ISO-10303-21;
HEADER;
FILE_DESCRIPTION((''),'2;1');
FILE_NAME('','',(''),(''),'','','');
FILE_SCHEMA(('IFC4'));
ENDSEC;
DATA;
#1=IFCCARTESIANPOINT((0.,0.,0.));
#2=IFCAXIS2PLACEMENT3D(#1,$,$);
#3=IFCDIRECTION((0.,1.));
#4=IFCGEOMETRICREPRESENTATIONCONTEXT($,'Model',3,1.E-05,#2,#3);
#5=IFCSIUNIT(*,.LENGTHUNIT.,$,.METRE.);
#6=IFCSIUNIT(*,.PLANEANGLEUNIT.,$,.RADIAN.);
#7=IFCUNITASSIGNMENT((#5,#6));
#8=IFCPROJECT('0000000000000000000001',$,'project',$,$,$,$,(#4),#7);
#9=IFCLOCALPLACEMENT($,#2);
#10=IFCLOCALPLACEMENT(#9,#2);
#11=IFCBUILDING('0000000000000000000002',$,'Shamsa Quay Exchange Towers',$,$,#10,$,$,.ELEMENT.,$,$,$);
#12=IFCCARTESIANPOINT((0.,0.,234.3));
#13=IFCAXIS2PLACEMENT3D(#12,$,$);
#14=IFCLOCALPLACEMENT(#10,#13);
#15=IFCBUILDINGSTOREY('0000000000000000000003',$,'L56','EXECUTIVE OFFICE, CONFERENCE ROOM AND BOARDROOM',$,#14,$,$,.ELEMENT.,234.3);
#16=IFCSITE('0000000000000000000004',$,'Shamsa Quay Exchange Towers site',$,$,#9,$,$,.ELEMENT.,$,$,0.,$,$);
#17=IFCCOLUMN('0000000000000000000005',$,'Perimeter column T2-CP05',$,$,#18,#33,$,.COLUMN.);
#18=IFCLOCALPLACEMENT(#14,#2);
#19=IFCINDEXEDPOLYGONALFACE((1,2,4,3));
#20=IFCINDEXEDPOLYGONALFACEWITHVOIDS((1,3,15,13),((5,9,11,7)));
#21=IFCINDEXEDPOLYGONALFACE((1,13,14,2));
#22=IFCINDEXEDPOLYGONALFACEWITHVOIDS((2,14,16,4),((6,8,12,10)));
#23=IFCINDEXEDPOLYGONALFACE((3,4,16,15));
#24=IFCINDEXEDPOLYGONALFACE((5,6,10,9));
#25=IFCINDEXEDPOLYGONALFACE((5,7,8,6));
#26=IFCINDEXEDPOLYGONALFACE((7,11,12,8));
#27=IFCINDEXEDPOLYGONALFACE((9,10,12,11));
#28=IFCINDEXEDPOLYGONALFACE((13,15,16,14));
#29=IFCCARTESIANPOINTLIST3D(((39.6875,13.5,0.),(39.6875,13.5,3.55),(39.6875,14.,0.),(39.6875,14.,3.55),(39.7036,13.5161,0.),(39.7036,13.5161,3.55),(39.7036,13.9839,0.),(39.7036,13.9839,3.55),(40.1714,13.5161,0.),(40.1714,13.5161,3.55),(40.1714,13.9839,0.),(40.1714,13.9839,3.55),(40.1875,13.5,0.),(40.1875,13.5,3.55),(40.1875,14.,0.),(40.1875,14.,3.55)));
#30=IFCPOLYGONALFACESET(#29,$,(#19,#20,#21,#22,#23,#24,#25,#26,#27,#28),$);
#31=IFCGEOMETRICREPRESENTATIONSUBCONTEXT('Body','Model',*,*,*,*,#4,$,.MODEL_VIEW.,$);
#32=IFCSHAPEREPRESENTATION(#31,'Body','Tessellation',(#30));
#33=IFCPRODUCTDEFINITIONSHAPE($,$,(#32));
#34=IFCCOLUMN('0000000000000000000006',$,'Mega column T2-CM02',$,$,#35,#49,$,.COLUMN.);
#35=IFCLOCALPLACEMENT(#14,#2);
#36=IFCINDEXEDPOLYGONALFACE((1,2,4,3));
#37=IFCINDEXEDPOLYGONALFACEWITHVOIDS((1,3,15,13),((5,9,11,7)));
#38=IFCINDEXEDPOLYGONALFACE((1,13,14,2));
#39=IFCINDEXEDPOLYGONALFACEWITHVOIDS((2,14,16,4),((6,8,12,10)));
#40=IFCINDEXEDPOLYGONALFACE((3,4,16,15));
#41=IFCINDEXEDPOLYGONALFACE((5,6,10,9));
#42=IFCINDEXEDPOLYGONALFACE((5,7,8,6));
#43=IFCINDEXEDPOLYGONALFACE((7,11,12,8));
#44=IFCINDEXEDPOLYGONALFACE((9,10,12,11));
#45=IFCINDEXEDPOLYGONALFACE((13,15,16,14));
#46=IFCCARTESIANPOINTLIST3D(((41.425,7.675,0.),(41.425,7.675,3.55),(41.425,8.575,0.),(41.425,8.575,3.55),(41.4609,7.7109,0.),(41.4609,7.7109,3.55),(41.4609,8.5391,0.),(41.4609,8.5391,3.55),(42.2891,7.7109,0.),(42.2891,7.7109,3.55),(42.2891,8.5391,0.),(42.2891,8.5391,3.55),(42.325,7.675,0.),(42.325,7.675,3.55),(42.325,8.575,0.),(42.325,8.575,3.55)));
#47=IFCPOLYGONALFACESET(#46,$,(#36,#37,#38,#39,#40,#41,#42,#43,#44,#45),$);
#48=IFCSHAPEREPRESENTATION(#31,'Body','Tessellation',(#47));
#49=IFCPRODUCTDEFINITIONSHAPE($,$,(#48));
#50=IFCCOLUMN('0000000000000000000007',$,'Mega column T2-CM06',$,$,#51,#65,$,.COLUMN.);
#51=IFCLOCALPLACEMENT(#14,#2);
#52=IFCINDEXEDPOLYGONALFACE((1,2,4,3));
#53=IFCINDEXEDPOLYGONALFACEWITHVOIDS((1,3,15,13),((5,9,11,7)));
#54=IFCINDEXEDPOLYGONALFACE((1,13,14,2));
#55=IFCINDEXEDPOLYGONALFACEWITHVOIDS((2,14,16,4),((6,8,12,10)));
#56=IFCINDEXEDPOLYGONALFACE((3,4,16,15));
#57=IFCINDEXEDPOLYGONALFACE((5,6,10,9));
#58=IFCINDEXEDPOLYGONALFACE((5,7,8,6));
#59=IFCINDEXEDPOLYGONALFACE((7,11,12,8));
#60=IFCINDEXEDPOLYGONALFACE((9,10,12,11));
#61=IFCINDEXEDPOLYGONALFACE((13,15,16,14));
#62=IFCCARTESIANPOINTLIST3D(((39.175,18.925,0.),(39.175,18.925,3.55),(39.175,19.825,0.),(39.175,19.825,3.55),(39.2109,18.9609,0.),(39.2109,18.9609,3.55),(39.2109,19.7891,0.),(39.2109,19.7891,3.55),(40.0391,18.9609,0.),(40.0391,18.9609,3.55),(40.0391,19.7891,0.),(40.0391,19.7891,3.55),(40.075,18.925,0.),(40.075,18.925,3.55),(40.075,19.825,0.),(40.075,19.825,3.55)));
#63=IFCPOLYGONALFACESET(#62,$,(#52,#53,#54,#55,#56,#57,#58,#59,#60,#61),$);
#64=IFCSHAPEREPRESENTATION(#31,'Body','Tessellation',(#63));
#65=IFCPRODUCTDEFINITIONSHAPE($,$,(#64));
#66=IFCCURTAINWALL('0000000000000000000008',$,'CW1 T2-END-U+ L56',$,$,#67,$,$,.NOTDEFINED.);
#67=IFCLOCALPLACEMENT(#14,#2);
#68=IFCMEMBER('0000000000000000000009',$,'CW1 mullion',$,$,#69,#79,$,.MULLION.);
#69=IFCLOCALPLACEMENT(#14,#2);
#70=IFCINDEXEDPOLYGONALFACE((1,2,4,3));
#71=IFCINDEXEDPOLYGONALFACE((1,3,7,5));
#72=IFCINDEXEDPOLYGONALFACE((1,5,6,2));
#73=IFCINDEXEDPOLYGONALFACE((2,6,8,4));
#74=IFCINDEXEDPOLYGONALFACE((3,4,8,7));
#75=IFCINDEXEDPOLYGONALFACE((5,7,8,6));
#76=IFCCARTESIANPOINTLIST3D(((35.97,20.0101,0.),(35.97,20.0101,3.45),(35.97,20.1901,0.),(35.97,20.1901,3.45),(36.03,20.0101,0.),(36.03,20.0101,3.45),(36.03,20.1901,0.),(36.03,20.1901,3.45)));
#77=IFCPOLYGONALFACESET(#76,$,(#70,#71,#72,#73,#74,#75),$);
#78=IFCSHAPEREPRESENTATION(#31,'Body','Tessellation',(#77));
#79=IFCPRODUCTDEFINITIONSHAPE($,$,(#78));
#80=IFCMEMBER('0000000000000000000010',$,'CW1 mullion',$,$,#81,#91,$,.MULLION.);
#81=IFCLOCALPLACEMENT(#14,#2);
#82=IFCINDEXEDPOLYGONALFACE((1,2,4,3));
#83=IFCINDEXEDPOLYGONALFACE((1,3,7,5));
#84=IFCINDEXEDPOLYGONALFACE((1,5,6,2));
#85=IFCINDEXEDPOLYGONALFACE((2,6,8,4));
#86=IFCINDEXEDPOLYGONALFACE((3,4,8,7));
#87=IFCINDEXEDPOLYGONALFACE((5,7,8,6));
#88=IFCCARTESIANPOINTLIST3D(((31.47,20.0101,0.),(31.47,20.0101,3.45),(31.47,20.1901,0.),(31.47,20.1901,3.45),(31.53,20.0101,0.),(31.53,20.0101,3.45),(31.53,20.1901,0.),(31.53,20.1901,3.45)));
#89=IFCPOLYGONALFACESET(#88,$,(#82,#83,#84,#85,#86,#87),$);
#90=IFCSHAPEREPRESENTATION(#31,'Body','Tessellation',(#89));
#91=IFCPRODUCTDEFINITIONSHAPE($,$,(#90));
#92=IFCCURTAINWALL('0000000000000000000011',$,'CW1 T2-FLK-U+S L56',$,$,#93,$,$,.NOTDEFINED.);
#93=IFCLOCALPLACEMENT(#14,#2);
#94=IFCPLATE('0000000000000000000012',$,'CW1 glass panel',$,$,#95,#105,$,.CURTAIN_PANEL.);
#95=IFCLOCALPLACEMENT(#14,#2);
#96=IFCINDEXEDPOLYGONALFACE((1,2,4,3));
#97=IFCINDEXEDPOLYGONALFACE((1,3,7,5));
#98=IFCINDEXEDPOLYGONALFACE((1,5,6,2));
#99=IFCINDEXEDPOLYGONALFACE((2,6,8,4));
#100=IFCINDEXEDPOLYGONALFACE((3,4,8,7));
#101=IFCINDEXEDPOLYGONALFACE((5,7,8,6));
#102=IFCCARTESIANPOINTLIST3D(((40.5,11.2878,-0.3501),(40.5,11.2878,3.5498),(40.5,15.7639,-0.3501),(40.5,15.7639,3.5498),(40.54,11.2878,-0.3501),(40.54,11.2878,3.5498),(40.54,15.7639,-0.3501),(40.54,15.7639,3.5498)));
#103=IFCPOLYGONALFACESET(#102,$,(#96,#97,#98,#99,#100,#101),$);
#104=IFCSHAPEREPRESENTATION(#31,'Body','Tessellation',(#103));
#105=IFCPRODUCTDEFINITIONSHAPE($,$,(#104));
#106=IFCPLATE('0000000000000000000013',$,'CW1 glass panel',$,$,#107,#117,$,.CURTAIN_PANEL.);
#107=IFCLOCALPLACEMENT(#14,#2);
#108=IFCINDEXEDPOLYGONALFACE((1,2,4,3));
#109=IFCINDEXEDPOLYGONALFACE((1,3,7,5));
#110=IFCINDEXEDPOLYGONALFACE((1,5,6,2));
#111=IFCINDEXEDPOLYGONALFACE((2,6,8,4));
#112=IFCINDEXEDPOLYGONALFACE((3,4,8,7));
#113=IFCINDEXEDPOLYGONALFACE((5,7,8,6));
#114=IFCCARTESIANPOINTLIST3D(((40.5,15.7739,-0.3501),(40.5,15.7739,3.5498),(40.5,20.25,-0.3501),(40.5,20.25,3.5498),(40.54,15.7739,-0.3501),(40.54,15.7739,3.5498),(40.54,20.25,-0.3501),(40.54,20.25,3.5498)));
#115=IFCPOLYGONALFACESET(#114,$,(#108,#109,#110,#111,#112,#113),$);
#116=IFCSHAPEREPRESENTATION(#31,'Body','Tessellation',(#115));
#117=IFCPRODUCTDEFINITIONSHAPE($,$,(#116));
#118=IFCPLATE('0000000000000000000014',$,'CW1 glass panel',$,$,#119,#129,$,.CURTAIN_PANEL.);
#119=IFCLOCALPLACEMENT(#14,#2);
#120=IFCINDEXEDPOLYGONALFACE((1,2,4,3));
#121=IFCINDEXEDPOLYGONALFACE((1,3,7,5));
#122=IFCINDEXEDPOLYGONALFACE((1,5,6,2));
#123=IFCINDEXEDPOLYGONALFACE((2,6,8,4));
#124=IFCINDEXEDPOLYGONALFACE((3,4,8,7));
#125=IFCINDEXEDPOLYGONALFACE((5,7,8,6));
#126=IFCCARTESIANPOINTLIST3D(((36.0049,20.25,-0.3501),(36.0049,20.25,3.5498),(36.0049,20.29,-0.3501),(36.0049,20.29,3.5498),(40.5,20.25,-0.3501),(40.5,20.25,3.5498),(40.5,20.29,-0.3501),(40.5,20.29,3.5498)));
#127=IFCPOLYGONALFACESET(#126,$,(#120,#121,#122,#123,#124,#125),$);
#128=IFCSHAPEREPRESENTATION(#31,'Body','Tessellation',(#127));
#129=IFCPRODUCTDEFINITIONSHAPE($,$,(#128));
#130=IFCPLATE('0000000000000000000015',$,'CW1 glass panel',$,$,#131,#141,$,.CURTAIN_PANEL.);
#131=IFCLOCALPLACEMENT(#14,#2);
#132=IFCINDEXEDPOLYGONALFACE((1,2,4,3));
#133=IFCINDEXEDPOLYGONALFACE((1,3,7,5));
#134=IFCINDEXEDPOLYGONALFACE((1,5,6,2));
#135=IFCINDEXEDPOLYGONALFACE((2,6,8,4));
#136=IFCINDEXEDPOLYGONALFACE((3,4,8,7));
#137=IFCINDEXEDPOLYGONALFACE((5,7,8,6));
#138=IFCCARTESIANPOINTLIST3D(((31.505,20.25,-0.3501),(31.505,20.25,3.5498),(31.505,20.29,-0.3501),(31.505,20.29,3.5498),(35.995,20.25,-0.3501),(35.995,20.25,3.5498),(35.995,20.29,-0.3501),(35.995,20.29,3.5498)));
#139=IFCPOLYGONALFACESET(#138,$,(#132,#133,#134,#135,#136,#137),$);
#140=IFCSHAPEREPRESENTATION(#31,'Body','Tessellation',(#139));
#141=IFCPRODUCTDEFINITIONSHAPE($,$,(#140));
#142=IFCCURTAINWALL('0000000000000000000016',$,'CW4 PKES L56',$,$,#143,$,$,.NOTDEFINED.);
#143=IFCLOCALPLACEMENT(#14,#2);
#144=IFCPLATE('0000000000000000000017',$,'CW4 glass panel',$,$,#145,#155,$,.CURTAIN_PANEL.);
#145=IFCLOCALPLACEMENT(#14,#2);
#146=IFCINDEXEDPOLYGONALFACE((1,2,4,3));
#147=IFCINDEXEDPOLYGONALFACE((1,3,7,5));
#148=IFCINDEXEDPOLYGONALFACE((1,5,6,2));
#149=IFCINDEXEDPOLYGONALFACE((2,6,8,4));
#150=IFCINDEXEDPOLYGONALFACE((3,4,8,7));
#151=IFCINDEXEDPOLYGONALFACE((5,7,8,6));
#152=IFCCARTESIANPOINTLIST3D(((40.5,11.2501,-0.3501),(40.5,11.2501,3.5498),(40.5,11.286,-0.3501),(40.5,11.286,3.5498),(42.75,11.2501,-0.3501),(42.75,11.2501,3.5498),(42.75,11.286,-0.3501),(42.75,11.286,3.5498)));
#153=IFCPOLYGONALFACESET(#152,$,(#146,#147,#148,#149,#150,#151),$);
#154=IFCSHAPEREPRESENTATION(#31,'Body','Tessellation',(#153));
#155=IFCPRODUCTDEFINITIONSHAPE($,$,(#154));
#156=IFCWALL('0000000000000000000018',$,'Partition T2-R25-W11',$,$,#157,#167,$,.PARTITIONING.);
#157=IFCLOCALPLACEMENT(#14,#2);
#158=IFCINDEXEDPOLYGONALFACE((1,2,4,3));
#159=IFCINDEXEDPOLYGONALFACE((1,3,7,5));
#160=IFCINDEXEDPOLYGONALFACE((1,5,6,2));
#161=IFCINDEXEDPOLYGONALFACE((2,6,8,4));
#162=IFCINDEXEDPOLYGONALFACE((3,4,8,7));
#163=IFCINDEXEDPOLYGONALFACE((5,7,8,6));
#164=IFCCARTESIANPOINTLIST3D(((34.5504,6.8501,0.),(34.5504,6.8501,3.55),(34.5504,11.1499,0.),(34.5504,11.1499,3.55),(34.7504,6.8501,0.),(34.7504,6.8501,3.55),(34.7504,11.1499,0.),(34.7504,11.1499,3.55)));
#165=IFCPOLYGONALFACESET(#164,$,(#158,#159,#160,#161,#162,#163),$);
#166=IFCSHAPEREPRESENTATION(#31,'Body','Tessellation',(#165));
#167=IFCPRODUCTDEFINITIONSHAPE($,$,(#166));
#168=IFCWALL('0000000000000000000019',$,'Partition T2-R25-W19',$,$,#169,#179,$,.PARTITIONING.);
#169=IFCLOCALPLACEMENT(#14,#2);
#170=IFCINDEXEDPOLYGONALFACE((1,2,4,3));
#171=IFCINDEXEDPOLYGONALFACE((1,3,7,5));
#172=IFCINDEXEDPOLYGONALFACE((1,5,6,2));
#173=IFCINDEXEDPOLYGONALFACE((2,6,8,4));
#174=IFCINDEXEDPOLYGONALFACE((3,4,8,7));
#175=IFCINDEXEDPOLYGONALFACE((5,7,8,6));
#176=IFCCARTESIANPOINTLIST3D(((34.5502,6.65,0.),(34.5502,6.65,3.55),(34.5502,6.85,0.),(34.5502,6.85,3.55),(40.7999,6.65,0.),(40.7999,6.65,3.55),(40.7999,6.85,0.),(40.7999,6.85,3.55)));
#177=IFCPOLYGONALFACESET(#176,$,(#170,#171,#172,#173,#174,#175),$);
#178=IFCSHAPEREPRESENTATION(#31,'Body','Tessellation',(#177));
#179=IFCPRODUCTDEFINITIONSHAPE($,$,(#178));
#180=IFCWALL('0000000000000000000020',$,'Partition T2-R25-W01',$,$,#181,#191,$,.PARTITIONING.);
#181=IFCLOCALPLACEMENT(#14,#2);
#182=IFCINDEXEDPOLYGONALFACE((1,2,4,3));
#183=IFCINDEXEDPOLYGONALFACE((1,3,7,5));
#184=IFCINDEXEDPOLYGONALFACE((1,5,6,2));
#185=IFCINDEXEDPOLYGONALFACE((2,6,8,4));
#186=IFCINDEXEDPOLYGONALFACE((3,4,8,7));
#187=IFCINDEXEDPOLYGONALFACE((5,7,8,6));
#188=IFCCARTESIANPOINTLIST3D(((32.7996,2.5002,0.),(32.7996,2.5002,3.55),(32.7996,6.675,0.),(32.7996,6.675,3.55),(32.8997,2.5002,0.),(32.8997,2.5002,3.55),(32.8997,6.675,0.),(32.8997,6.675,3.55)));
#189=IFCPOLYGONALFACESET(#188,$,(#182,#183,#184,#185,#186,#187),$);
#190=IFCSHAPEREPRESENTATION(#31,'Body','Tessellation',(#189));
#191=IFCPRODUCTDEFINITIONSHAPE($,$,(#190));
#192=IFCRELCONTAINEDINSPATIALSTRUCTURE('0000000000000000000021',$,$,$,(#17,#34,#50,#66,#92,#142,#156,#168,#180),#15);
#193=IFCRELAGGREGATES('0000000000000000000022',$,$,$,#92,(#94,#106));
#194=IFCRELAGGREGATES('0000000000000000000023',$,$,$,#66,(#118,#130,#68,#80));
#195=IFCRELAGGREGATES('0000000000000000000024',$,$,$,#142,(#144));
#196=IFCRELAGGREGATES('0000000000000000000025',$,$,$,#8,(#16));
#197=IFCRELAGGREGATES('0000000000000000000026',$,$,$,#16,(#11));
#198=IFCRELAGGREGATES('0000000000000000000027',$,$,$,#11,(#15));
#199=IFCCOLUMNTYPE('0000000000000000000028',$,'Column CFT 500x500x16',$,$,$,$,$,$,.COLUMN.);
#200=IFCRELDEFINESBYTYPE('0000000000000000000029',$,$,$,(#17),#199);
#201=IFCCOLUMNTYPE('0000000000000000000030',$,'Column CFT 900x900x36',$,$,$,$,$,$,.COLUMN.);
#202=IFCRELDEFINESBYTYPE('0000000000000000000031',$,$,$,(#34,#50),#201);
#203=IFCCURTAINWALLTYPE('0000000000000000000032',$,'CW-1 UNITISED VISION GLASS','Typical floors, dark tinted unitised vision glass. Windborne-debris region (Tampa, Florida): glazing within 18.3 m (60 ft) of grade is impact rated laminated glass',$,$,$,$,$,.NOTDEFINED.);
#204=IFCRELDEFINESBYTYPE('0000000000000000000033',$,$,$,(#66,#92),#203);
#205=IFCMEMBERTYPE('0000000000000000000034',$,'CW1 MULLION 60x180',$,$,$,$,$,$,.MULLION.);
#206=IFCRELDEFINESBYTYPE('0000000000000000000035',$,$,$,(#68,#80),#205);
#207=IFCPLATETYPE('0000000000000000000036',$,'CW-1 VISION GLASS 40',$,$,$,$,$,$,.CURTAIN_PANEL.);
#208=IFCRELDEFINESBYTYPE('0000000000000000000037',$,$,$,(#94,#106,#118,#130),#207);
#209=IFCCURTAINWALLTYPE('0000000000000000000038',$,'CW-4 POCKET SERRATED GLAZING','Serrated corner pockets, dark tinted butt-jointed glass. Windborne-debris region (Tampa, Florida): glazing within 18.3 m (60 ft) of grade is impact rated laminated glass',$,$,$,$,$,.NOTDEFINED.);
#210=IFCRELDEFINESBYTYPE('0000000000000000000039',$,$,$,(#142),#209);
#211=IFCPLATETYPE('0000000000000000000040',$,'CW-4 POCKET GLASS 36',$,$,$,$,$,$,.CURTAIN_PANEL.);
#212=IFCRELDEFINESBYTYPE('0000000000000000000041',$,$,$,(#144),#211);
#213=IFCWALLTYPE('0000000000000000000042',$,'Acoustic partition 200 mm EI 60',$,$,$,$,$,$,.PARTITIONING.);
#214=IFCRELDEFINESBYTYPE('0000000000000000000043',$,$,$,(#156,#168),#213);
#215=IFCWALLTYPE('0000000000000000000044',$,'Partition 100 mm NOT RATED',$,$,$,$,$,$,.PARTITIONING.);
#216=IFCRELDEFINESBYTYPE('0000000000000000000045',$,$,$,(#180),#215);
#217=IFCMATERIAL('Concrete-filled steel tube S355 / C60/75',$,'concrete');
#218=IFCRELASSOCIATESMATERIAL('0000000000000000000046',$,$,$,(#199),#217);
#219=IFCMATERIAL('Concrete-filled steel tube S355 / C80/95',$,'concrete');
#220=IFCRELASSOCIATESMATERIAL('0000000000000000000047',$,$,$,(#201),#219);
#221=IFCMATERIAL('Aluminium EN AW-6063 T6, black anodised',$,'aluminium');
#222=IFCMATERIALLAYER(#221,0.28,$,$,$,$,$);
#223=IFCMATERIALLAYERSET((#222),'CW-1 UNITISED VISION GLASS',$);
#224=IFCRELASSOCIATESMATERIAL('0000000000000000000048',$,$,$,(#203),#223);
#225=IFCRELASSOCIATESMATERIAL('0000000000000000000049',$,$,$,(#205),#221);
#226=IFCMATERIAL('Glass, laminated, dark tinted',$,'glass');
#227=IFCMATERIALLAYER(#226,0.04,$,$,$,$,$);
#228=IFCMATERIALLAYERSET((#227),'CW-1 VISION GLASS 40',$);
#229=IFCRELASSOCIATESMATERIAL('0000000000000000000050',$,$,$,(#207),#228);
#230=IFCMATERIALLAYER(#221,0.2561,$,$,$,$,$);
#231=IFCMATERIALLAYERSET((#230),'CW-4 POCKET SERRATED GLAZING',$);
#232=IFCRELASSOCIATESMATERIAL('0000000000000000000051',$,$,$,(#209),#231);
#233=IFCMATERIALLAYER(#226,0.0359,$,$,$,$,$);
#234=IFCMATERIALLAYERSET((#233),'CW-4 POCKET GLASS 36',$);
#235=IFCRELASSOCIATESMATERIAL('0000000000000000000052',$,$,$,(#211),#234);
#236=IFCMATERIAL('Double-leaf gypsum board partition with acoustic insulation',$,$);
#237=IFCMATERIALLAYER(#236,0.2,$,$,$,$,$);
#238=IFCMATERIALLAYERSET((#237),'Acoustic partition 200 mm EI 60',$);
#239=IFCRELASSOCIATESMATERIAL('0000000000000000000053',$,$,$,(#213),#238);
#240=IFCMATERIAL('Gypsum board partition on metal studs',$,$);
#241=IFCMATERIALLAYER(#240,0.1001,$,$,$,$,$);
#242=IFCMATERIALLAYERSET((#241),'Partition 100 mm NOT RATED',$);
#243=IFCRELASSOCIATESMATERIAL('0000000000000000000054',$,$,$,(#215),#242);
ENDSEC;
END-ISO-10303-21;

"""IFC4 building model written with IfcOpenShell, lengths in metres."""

from ifc_helpers import new_model, si_unit, direction, frame, frame_2d, origin, origin_2d, place, context, subcontext, project, spatial, rectangle, hollow_rectangle, extrude, material, layer, layer_set, material_profile, profile_set, type_object, element, aggregate, save


model = new_model("IFC4")

# Units and contexts
model_context = context("Model", 3, precision=1e-05, world=origin(), true_north=direction((0.0, 1.0)))
body_context = subcontext(model_context, "Body", "Model", "MODEL_VIEW")
ifc_project = project(units=[si_unit("LENGTHUNIT", "METRE"), si_unit("PLANEANGLEUNIT", "RADIAN")], contexts=[model_context])

# Site, building, storey
site_placement = place(None, origin())
site = spatial("IfcSite", under=ifc_project, at=site_placement, Name="Shamsa Quay Exchange Towers site", CompositionType="ELEMENT", RefElevation=0.0)
building_placement = place(site_placement, origin())
building = spatial("IfcBuilding", under=site, at=building_placement, Name="Shamsa Quay Exchange Towers", CompositionType="ELEMENT")
storey_placement = place(building_placement, frame((0.0, 0.0, 234.3)))
storey = spatial("IfcBuildingStorey", under=building, at=storey_placement, Name="L56", Description="EXECUTIVE OFFICE, CONFERENCE ROOM AND BOARDROOM", CompositionType="ELEMENT", Elevation=234.3)

# Columns
ifc_material_1 = material(Name="Concrete-filled steel tube S355 / C60/75", Category="concrete")
ifc_material_profile_1 = material_profile(ifc_material_1, hollow_rectangle(XDim=0.5, YDim=0.5, WallThickness=0.0161, at=origin_2d()), Name="CFT 500x500x16")
ifc_profile_set_1 = profile_set([ifc_material_profile_1], Name="Concrete-filled steel tube S355 / C60/75")
column_type_1 = type_object("IfcColumnType", Name="Column CFT 500x500x16", PredefinedType="COLUMN", material=ifc_profile_set_1)
column_placement = place(storey_placement, frame((39.9375, 13.75, 0.0)))
element("IfcColumn", 1, at=column_placement, inside=storey, type_object=column_type_1, Name="Perimeter column T2-CP05", PredefinedType="COLUMN", context=body_context, shape_type="SweptSolid", body=[
    extrude(hollow_rectangle(XDim=0.5, YDim=0.5, WallThickness=0.0161, at=origin_2d()), origin(), (0.0, 0.0, 1.0), 3.55),
])
ifc_material_2 = material(Name="Concrete-filled steel tube S355 / C80/95", Category="concrete")
ifc_material_profile_2 = material_profile(ifc_material_2, hollow_rectangle(XDim=0.8999, YDim=0.8999, WallThickness=0.0359, at=origin_2d()), Name="CFT 900x900x36")
ifc_profile_set_2 = profile_set([ifc_material_profile_2], Name="Concrete-filled steel tube S355 / C80/95")
column_type_2 = type_object("IfcColumnType", Name="Column CFT 900x900x36", PredefinedType="COLUMN", material=ifc_profile_set_2)
for number, where, name in (
    (2, (41.875, 8.125, 0.0), "Mega column T2-CM02"),
    (3, (39.625, 19.375, 0.0), "Mega column T2-CM06"),
):
    element("IfcColumn", number, at=place(storey_placement, frame(where)), inside=storey, type_object=column_type_2, Name=name, PredefinedType="COLUMN", context=body_context, shape_type="SweptSolid", body=[
        extrude(hollow_rectangle(XDim=0.8999, YDim=0.8999, WallThickness=0.0359, at=origin_2d()), origin(), (0.0, 0.0, 1.0), 3.55),
    ])

# Curtain wall, members
ifc_material_3 = material(Name="Aluminium EN AW-6063 T6, black anodised", Category="aluminium")
ifc_layer_1 = layer(ifc_material_3, 0.28)
ifc_layer_set_1 = layer_set([ifc_layer_1], Name="CW-1 UNITISED VISION GLASS")
curtain_wall_type_1 = type_object("IfcCurtainWallType", Name="CW-1 UNITISED VISION GLASS", Description="Typical floors, dark tinted unitised vision glass. Windborne-debris region (Tampa, Florida): glazing within 18.3 m (60 ft) of grade is impact rated laminated glass", PredefinedType="NOTDEFINED", material=ifc_layer_set_1)
curtain_wall_1_placement = place(storey_placement, origin())
curtain_wall_1 = element("IfcCurtainWall", 4, at=curtain_wall_1_placement, inside=storey, type_object=curtain_wall_type_1, Name="CW1 T2-END-U+ L56", PredefinedType="NOTDEFINED")
ifc_material_profile_3 = material_profile(ifc_material_3, rectangle(XDim=0.1799, YDim=0.0601, at=origin_2d()), Name="MU60x180")
ifc_profile_set_3 = profile_set([ifc_material_profile_3], Name="Aluminium EN AW-6063 T6, black anodised")
member_type = type_object("IfcMemberType", Name="CW1 MULLION 60x180", PredefinedType="MULLION", material=ifc_profile_set_3)
member_1_placement = place(storey_placement, frame((36.0, 20.1001, 0.0), z_axis=(0.0, 0.0, 1.0), x_axis=(0.0, -1.0, 0.0)))
member_1 = element("IfcMember", 5, at=member_1_placement, type_object=member_type, Name="CW1 mullion", PredefinedType="MULLION", context=body_context, shape_type="SweptSolid", body=[
    extrude(rectangle(XDim=0.1799, YDim=0.0601, at=origin_2d()), origin(), (0.0, 0.0, 1.0), 3.45),
])
member_2_placement = place(storey_placement, frame((31.5, 20.1001, 0.0), z_axis=(0.0, 0.0, 1.0), x_axis=(0.0, -1.0, 0.0)))
member_2 = element("IfcMember", 6, at=member_2_placement, type_object=member_type, Name="CW1 mullion", PredefinedType="MULLION", context=body_context, shape_type="SweptSolid", body=[
    extrude(rectangle(XDim=0.1799, YDim=0.0601, at=origin_2d()), origin(), (0.0, 0.0, 1.0), 3.45),
])

# Curtain wall, plates
curtain_wall_2_placement = place(storey_placement, origin())
curtain_wall_2 = element("IfcCurtainWall", 7, at=curtain_wall_2_placement, inside=storey, type_object=curtain_wall_type_1, Name="CW1 T2-FLK-U+S L56", PredefinedType="NOTDEFINED")
ifc_material_4 = material(Name="Glass, laminated, dark tinted", Category="glass")
ifc_layer_2 = layer(ifc_material_4, 0.04)
ifc_layer_set_2 = layer_set([ifc_layer_2], Name="CW-1 VISION GLASS 40")
plate_type_1 = type_object("IfcPlateType", Name="CW-1 VISION GLASS 40", PredefinedType="CURTAIN_PANEL", material=ifc_layer_set_2)
plate_1_placement = place(storey_placement, frame((40.52, 13.5259, -0.3501), z_axis=(0.0, 0.0, 1.0), x_axis=(0.0, 1.0, 0.0)))
plate_1 = element("IfcPlate", 8, at=plate_1_placement, type_object=plate_type_1, Name="CW1 glass panel", PredefinedType="CURTAIN_PANEL", context=body_context, shape_type="SweptSolid", body=[
    extrude(rectangle(XDim=4.4761, YDim=0.04, at=origin_2d()), origin(), (0.0, 0.0, 1.0), 3.8999),
])
plate_2_placement = place(storey_placement, frame((40.52, 18.012, -0.3501), z_axis=(0.0, 0.0, 1.0), x_axis=(0.0, 1.0, 0.0)))
plate_2 = element("IfcPlate", 9, at=plate_2_placement, type_object=plate_type_1, Name="CW1 glass panel", PredefinedType="CURTAIN_PANEL", context=body_context, shape_type="SweptSolid", body=[
    extrude(rectangle(XDim=4.4761, YDim=0.04, at=origin_2d()), origin(), (0.0, 0.0, 1.0), 3.8999),
])
aggregate(curtain_wall_2, [plate_1, plate_2])

# Plates
plate_3_placement = place(storey_placement, frame((38.2524, 20.27, -0.3501), z_axis=(0.0, 0.0, 1.0), x_axis=(-1.0, 0.0, 0.0)))
plate_3 = element("IfcPlate", 10, at=plate_3_placement, type_object=plate_type_1, Name="CW1 glass panel", PredefinedType="CURTAIN_PANEL", context=body_context, shape_type="SweptSolid", body=[
    extrude(rectangle(XDim=4.4951, YDim=0.04, at=origin_2d()), origin(), (0.0, 0.0, 1.0), 3.8999),
])
plate_4_placement = place(storey_placement, frame((33.75, 20.27, -0.3501), z_axis=(0.0, 0.0, 1.0), x_axis=(-1.0, 0.0, 0.0)))
plate_4 = element("IfcPlate", 11, at=plate_4_placement, type_object=plate_type_1, Name="CW1 glass panel", PredefinedType="CURTAIN_PANEL", context=body_context, shape_type="SweptSolid", body=[
    extrude(rectangle(XDim=4.49, YDim=0.04, at=origin_2d()), origin(), (0.0, 0.0, 1.0), 3.8999),
])
aggregate(curtain_wall_1, [plate_3, plate_4, member_1, member_2])

# Curtain wall, plate
ifc_layer_3 = layer(ifc_material_3, 0.2561)
ifc_layer_set_3 = layer_set([ifc_layer_3], Name="CW-4 POCKET SERRATED GLAZING")
curtain_wall_type_2 = type_object("IfcCurtainWallType", Name="CW-4 POCKET SERRATED GLAZING", Description="Serrated corner pockets, dark tinted butt-jointed glass. Windborne-debris region (Tampa, Florida): glazing within 18.3 m (60 ft) of grade is impact rated laminated glass", PredefinedType="NOTDEFINED", material=ifc_layer_set_3)
curtain_wall_3_placement = place(storey_placement, origin())
curtain_wall_3 = element("IfcCurtainWall", 12, at=curtain_wall_3_placement, inside=storey, type_object=curtain_wall_type_2, Name="CW4 PKES L56", PredefinedType="NOTDEFINED")
ifc_layer_4 = layer(ifc_material_4, 0.0359)
ifc_layer_set_4 = layer_set([ifc_layer_4], Name="CW-4 POCKET GLASS 36")
plate_type_2 = type_object("IfcPlateType", Name="CW-4 POCKET GLASS 36", PredefinedType="CURTAIN_PANEL", material=ifc_layer_set_4)
plate_5_placement = place(storey_placement, frame((41.625, 11.2681, -0.3501), z_axis=(0.0, 0.0, 1.0), x_axis=(-1.0, 0.0, 0.0)))
plate_5 = element("IfcPlate", 13, at=plate_5_placement, type_object=plate_type_2, Name="CW4 glass panel", PredefinedType="CURTAIN_PANEL", context=body_context, shape_type="SweptSolid", body=[
    extrude(rectangle(XDim=2.25, YDim=0.0359, at=origin_2d()), origin(), (0.0, 0.0, 1.0), 3.8999),
])
aggregate(curtain_wall_3, [plate_5])

# Wall
ifc_material_5 = material(Name="Double-leaf gypsum board partition with acoustic insulation")
ifc_layer_5 = layer(ifc_material_5, 0.2)
ifc_layer_set_5 = layer_set([ifc_layer_5], Name="Acoustic partition 200 mm EI 60")
wall_type_1 = type_object("IfcWallType", Name="Acoustic partition 200 mm EI 60", PredefinedType="PARTITIONING", material=ifc_layer_set_5)
wall_1_placement = place(storey_placement, frame((34.6504, 11.1499, 0.0), z_axis=(0.0, 0.0, 1.0), x_axis=(0.0, -1.0, 0.0)))
element("IfcWall", 14, at=wall_1_placement, inside=storey, type_object=wall_type_1, Name="Partition T2-R25-W11", PredefinedType="PARTITIONING", context=body_context, shape_type="SweptSolid", body=[
    extrude(rectangle(XDim=4.2998, YDim=0.2, at=frame_2d((2.1499, 0.0))), origin(), (0.0, 0.0, 1.0), 3.55),
])

# Walls
wall_2_placement = place(storey_placement, frame((40.8, 6.75, 0.0), z_axis=(0.0, 0.0, 1.0), x_axis=(-1.0, 0.0, 0.0)))
element("IfcWall", 15, at=wall_2_placement, inside=storey, type_object=wall_type_1, Name="Partition T2-R25-W19", PredefinedType="PARTITIONING", context=body_context, shape_type="SweptSolid", body=[
    extrude(rectangle(XDim=6.2498, YDim=0.2, at=frame_2d((3.125, 0.0))), origin(), (0.0, 0.0, 1.0), 3.55),
])
ifc_material_6 = material(Name="Gypsum board partition on metal studs")
ifc_layer_6 = layer(ifc_material_6, 0.1001)
ifc_layer_set_6 = layer_set([ifc_layer_6], Name="Partition 100 mm NOT RATED")
wall_type_2 = type_object("IfcWallType", Name="Partition 100 mm NOT RATED", PredefinedType="PARTITIONING", material=ifc_layer_set_6)
for number, where, z_axis, x_axis, name in (
    (16, (32.8496, 2.5002, 0.0), (0.0, 0.0, 1.0), (0.0, 1.0, 0.0), "Partition T2-R25-W01"),
):
    element("IfcWall", number, at=place(storey_placement, frame(where, z_axis=z_axis, x_axis=x_axis)), inside=storey, type_object=wall_type_2, Name=name, PredefinedType="PARTITIONING", context=body_context, shape_type="SweptSolid", body=[
        extrude(rectangle(XDim=4.1748, YDim=0.1001, at=frame_2d((2.0874, 0.0))), origin(), (0.0, 0.0, 1.0), 3.55),
    ])

save(model, "model.ifc")
